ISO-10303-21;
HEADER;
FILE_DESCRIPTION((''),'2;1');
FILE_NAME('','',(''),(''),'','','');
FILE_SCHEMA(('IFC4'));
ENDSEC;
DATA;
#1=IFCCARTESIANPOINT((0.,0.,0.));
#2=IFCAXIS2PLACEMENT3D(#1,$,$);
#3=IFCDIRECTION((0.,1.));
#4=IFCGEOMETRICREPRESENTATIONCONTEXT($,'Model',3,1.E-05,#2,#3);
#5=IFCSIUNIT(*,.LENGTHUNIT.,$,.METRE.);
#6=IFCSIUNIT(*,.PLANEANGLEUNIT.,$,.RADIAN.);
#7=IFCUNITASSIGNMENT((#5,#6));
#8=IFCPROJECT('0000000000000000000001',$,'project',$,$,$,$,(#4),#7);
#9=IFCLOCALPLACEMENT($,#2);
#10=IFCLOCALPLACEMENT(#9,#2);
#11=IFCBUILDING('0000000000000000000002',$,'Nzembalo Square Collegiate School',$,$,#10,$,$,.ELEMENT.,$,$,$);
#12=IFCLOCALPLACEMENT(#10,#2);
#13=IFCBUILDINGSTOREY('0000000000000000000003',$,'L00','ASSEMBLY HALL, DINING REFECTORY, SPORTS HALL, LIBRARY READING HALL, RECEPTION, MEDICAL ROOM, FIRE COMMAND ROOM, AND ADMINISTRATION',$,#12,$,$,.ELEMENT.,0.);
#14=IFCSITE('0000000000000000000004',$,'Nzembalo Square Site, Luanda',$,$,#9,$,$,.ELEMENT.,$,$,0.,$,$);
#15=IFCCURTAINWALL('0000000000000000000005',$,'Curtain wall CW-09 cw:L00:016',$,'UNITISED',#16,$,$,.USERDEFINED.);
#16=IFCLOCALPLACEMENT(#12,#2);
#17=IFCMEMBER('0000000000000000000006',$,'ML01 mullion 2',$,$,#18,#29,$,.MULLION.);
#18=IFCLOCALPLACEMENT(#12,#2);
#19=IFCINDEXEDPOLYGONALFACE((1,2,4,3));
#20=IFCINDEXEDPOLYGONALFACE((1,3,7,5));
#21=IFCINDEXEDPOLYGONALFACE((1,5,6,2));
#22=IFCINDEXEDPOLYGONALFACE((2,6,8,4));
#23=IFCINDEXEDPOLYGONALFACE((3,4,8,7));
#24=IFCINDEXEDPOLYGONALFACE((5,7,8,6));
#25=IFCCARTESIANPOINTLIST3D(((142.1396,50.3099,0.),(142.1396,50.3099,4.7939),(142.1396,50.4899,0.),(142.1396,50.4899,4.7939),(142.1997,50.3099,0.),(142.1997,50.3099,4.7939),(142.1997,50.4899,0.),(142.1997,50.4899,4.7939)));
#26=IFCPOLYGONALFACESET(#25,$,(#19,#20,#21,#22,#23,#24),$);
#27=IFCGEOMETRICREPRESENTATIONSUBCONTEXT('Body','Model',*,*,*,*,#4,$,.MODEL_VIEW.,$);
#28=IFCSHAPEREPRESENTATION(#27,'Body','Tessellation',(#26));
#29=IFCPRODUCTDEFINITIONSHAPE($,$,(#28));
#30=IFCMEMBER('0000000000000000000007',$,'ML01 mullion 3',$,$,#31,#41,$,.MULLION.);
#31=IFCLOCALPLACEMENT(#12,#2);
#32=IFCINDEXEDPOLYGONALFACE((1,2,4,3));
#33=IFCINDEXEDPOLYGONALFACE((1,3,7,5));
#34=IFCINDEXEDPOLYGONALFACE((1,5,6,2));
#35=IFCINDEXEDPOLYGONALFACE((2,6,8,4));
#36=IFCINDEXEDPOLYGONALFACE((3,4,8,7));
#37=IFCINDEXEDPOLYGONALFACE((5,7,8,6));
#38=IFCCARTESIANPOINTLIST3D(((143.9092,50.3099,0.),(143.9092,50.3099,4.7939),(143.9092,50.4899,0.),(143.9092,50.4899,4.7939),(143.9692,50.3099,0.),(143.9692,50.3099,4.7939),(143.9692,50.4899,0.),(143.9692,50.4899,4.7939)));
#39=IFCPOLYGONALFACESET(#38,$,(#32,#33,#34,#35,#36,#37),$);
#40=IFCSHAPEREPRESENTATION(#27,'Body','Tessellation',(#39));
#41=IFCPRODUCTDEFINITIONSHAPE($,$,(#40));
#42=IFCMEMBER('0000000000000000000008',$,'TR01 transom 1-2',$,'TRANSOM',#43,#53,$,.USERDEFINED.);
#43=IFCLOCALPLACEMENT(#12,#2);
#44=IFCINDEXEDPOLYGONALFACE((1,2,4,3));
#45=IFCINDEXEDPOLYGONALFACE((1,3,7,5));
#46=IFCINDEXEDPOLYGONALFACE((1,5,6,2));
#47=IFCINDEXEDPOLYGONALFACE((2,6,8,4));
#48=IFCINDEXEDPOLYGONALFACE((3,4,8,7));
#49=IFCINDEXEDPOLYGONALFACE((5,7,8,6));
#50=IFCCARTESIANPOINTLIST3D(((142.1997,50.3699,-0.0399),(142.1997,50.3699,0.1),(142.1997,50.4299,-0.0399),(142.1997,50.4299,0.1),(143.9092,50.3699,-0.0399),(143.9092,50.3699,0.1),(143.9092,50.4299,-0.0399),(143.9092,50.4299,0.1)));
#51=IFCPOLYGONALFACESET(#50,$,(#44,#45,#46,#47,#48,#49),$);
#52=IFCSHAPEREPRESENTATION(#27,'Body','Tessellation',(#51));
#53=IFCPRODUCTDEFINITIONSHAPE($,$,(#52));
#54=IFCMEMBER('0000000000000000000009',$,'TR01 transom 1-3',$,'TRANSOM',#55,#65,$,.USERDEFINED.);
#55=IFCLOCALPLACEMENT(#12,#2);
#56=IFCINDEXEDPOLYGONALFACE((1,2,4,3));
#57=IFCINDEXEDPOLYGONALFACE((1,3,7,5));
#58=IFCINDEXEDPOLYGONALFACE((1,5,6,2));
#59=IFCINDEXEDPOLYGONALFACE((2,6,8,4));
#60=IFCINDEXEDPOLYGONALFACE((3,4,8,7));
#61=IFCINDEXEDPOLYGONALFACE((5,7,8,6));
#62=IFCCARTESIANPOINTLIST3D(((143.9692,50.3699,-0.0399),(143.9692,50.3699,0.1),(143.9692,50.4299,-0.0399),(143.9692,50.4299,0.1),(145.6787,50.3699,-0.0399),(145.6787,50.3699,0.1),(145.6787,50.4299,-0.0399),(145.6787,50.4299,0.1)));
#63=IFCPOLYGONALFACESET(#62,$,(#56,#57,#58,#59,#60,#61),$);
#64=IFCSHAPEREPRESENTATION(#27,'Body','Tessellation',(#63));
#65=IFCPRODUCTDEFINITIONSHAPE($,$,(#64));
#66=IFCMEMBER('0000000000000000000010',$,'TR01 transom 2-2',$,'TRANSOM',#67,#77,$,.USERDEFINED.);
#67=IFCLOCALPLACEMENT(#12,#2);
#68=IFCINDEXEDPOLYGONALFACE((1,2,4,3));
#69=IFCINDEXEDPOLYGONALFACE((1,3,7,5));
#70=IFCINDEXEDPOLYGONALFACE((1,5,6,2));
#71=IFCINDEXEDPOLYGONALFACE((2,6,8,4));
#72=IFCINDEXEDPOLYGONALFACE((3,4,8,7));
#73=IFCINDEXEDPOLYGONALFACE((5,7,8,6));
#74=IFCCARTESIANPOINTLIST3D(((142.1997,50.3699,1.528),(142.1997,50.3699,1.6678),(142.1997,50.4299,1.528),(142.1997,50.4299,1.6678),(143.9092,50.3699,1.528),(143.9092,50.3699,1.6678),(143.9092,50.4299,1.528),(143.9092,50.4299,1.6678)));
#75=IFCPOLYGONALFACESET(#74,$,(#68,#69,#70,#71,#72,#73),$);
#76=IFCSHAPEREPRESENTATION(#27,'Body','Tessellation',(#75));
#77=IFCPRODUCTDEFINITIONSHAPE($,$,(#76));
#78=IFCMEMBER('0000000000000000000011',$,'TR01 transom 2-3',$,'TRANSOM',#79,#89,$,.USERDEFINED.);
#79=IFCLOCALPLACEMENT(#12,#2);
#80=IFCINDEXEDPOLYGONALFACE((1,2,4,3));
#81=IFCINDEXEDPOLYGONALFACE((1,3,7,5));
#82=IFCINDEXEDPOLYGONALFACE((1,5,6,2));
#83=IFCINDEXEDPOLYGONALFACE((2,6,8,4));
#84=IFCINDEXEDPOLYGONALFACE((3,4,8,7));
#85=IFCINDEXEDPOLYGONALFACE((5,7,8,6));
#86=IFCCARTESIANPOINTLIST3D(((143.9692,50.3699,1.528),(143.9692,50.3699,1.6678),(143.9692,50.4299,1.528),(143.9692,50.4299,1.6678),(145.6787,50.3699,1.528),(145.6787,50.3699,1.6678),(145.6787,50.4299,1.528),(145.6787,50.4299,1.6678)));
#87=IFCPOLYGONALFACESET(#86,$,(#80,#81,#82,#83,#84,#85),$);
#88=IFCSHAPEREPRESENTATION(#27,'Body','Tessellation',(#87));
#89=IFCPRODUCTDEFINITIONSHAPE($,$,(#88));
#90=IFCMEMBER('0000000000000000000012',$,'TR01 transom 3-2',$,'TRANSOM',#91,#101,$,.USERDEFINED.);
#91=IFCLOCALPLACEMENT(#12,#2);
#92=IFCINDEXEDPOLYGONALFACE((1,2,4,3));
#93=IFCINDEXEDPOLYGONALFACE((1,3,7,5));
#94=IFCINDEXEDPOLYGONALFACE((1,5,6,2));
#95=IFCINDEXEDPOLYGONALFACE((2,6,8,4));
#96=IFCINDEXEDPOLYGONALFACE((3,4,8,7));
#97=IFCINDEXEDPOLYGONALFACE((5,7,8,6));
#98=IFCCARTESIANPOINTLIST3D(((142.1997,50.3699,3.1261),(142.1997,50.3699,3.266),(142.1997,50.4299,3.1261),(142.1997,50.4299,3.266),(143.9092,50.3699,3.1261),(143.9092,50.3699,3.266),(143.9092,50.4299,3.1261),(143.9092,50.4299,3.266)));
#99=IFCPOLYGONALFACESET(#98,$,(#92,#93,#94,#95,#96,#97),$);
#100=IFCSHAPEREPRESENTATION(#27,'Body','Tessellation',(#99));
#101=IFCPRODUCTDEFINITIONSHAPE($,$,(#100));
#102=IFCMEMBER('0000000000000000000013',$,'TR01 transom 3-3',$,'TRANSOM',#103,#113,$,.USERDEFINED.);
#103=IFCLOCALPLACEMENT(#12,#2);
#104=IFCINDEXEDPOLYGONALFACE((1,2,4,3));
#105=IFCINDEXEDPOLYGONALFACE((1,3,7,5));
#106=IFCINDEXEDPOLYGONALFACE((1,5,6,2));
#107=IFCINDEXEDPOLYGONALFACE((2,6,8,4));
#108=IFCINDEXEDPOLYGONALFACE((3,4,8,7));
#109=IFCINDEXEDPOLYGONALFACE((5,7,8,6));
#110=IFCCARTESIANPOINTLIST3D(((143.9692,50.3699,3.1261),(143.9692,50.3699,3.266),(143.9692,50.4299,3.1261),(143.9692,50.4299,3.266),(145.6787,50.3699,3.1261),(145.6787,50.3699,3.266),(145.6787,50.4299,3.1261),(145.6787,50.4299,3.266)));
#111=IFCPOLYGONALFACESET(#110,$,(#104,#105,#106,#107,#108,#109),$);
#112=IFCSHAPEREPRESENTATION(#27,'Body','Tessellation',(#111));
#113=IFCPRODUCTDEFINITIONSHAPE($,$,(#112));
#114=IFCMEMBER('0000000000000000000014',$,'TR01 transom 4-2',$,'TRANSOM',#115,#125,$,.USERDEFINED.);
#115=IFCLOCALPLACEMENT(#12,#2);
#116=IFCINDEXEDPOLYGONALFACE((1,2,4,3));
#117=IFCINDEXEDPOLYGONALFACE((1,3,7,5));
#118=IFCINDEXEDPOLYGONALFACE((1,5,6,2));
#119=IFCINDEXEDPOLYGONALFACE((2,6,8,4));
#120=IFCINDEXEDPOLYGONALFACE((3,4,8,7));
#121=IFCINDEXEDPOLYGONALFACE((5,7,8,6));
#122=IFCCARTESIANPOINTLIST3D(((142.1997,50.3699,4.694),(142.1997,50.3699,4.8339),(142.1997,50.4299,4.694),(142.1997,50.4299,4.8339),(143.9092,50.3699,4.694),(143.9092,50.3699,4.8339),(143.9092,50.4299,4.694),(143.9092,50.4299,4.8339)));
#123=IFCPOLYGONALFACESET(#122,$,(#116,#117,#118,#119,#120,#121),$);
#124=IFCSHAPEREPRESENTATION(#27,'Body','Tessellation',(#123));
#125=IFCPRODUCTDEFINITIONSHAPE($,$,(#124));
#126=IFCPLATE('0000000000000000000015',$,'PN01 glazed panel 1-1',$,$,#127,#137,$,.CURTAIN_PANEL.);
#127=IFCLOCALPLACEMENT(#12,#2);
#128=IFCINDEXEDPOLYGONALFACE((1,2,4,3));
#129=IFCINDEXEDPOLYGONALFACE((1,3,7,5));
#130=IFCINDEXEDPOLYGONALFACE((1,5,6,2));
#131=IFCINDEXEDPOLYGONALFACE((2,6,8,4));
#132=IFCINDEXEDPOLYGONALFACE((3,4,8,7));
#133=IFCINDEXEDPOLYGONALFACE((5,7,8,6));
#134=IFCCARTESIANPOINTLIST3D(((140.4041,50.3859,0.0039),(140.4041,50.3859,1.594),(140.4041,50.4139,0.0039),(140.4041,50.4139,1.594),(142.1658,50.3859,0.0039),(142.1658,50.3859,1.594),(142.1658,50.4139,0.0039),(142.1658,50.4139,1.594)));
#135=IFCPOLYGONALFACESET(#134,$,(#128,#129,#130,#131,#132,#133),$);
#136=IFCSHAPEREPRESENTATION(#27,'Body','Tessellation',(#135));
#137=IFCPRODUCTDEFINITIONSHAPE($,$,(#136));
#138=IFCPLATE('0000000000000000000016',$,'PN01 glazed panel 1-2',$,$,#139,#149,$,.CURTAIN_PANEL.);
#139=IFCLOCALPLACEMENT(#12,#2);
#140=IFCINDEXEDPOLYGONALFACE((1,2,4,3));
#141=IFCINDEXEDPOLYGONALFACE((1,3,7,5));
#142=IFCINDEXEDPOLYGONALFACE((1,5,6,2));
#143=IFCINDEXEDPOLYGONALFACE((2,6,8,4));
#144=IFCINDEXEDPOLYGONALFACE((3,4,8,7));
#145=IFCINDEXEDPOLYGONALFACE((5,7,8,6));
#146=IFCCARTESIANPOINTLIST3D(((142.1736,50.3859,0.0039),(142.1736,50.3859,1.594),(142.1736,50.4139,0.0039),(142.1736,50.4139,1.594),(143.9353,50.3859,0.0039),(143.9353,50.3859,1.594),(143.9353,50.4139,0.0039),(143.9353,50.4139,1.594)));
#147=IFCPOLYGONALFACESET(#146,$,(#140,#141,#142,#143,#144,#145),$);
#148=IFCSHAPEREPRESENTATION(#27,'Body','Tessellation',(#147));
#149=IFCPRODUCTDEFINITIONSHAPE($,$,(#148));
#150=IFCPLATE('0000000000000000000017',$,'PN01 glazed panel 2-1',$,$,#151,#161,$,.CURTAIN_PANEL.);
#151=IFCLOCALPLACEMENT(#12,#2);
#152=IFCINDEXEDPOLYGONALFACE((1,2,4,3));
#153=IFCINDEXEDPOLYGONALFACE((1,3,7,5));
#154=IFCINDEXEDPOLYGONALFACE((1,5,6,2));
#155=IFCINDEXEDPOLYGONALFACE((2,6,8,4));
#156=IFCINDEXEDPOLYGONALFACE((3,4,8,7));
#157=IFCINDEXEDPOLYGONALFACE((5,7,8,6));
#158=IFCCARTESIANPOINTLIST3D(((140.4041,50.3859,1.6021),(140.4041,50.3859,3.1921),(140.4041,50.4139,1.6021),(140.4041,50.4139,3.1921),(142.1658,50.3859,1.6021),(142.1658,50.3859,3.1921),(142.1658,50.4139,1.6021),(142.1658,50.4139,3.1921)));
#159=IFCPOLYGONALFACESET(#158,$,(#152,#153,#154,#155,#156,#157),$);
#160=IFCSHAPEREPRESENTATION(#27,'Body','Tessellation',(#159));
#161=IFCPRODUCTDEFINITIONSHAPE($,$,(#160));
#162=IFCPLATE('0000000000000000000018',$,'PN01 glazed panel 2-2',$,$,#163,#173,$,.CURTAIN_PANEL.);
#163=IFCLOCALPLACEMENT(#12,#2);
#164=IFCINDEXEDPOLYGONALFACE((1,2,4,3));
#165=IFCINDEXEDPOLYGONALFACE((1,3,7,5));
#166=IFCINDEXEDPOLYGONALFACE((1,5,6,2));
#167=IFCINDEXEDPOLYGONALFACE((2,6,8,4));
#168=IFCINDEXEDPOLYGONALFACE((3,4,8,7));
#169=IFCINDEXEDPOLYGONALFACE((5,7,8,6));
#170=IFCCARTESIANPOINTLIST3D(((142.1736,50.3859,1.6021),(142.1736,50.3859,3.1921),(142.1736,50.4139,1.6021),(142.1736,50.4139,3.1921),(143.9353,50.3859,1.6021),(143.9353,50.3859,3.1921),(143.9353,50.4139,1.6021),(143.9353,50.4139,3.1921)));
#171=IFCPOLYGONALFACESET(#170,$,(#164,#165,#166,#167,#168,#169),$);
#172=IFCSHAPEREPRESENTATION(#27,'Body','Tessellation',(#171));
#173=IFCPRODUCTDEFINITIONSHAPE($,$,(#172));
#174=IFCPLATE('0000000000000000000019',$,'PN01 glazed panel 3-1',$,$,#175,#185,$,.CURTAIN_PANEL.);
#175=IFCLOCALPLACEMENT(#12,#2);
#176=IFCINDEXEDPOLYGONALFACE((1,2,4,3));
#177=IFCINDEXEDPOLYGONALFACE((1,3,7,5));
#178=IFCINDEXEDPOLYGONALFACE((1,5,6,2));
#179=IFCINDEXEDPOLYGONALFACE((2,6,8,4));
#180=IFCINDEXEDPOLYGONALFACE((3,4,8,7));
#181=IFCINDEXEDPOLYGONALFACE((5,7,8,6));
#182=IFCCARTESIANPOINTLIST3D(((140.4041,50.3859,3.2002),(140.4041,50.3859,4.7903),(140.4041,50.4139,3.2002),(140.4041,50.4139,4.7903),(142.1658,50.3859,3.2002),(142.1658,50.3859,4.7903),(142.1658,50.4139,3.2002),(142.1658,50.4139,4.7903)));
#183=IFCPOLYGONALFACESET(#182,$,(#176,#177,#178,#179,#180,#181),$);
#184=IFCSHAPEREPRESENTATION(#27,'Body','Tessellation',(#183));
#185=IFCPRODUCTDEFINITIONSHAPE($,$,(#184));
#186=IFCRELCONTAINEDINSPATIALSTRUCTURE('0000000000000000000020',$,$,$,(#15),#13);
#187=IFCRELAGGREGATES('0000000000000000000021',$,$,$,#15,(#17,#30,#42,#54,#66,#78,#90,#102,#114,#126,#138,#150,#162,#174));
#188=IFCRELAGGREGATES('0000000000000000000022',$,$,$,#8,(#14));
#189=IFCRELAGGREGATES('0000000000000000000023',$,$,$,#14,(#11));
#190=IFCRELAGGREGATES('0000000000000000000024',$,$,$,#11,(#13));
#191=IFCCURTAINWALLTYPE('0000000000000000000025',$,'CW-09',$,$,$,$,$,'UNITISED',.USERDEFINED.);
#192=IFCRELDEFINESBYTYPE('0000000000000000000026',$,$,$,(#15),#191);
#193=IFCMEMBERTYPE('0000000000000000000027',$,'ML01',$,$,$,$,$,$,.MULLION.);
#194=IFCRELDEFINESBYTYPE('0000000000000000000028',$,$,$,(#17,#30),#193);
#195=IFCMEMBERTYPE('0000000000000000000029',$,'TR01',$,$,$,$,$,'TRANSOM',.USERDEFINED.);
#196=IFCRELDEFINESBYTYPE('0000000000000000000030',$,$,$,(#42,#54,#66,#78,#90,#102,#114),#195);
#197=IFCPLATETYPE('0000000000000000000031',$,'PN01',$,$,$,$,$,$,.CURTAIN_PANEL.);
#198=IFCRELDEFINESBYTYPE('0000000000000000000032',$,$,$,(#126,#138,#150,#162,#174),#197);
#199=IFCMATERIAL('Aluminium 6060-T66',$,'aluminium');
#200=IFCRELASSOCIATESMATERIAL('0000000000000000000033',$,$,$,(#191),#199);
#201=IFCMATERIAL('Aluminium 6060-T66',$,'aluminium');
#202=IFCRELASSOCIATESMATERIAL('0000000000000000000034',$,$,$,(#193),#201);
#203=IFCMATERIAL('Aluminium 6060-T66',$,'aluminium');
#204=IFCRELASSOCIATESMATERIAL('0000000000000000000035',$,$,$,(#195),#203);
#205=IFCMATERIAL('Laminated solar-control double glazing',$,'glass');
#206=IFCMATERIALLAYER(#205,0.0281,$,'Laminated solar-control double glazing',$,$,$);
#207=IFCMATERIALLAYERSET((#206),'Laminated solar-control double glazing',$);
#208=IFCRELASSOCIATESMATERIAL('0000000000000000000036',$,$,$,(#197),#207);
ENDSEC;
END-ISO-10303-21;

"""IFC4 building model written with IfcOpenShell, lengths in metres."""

from ifc_helpers import new_model, si_unit, direction, frame, origin, origin_2d, place, context, subcontext, project, spatial, rectangle, extrude, material, layer, layer_set, material_profile, profile_set, type_object, element, aggregate, save


model = new_model("IFC4")

# Units and contexts
model_context = context("Model", 3, precision=1e-05, world=origin(), true_north=direction((0.0, 1.0)))
body_context = subcontext(model_context, "Body", "Model", "MODEL_VIEW")
ifc_project = project(units=[si_unit("LENGTHUNIT", "METRE"), si_unit("PLANEANGLEUNIT", "RADIAN")], contexts=[model_context])

# Site, building, storey
site_placement = place(None, origin())
site = spatial("IfcSite", under=ifc_project, at=site_placement, Name="Nzembalo Square Site, Luanda", CompositionType="ELEMENT", RefElevation=0.0)
building_placement = place(site_placement, origin())
building = spatial("IfcBuilding", under=site, at=building_placement, Name="Nzembalo Square Collegiate School", CompositionType="ELEMENT")
storey_placement = place(building_placement, origin())
storey = spatial("IfcBuildingStorey", under=building, at=storey_placement, Name="L00", Description="ASSEMBLY HALL, DINING REFECTORY, SPORTS HALL, LIBRARY READING HALL, RECEPTION, MEDICAL ROOM, FIRE COMMAND ROOM, AND ADMINISTRATION", CompositionType="ELEMENT", Elevation=0.0)

# Curtain wall, members, plates
ifc_material_1 = material(Name="Aluminium 6060-T66", Category="aluminium")
curtain_wall_type = type_object("IfcCurtainWallType", Name="CW-09", ElementType="UNITISED", PredefinedType="USERDEFINED", material=ifc_material_1)
curtain_wall_placement = place(storey_placement, origin())
curtain_wall = element("IfcCurtainWall", 1, at=curtain_wall_placement, inside=storey, type_object=curtain_wall_type, Name="Curtain wall CW-09 cw:L00:016", ObjectType="UNITISED", PredefinedType="USERDEFINED")
ifc_material_2 = material(Name="Aluminium 6060-T66", Category="aluminium")
ifc_material_profile_1 = material_profile(ifc_material_2, rectangle(XDim=0.0601, YDim=0.1799, at=origin_2d()), Name="ALU M60x180")
ifc_profile_set_1 = profile_set([ifc_material_profile_1], Name="Aluminium 6060-T66")
member_type_1 = type_object("IfcMemberType", Name="ML01", PredefinedType="MULLION", material=ifc_profile_set_1)
member_1_placement = place(storey_placement, frame((142.1697, 50.3999, 0.0), z_axis=(0.0, 0.0, 1.0), x_axis=(1.0, 0.0, 0.0)))
member_1 = element("IfcMember", 2, at=member_1_placement, type_object=member_type_1, Name="ML01 mullion 2", PredefinedType="MULLION", context=body_context, shape_type="SweptSolid", body=[
    extrude(rectangle(XDim=0.0601, YDim=0.1799, at=origin_2d()), origin(), (0.0, 0.0, 1.0), 4.7939),
])
member_2_placement = place(storey_placement, frame((143.9392, 50.3999, 0.0), z_axis=(0.0, 0.0, 1.0), x_axis=(1.0, 0.0, 0.0)))
member_2 = element("IfcMember", 3, at=member_2_placement, type_object=member_type_1, Name="ML01 mullion 3", PredefinedType="MULLION", context=body_context, shape_type="SweptSolid", body=[
    extrude(rectangle(XDim=0.0601, YDim=0.1799, at=origin_2d()), origin(), (0.0, 0.0, 1.0), 4.7939),
])
ifc_material_3 = material(Name="Aluminium 6060-T66", Category="aluminium")
ifc_material_profile_2 = material_profile(ifc_material_3, rectangle(XDim=0.0601, YDim=0.1399, at=origin_2d()), Name="ALU T60x140")
ifc_profile_set_2 = profile_set([ifc_material_profile_2], Name="Aluminium 6060-T66")
member_type_2 = type_object("IfcMemberType", Name="TR01", ElementType="TRANSOM", PredefinedType="USERDEFINED", material=ifc_profile_set_2)
member_3_placement = place(storey_placement, frame((142.1997, 50.3999, 0.03), z_axis=(1.0, 0.0, 0.0), x_axis=(0.0, 1.0, 0.0)))
member_3 = element("IfcMember", 4, at=member_3_placement, type_object=member_type_2, Name="TR01 transom 1-2", ObjectType="TRANSOM", PredefinedType="USERDEFINED", context=body_context, shape_type="SweptSolid", body=[
    extrude(rectangle(XDim=0.0601, YDim=0.1399, at=origin_2d()), origin(), (0.0, 0.0, 1.0), 1.7095),
])
member_4_placement = place(storey_placement, frame((143.9692, 50.3999, 0.03), z_axis=(1.0, 0.0, 0.0), x_axis=(0.0, 1.0, 0.0)))
member_4 = element("IfcMember", 5, at=member_4_placement, type_object=member_type_2, Name="TR01 transom 1-3", ObjectType="TRANSOM", PredefinedType="USERDEFINED", context=body_context, shape_type="SweptSolid", body=[
    extrude(rectangle(XDim=0.0601, YDim=0.1399, at=origin_2d()), origin(), (0.0, 0.0, 1.0), 1.7095),
])
member_5_placement = place(storey_placement, frame((142.1997, 50.3999, 1.5979), z_axis=(1.0, 0.0, 0.0), x_axis=(0.0, 1.0, 0.0)))
member_5 = element("IfcMember", 6, at=member_5_placement, type_object=member_type_2, Name="TR01 transom 2-2", ObjectType="TRANSOM", PredefinedType="USERDEFINED", context=body_context, shape_type="SweptSolid", body=[
    extrude(rectangle(XDim=0.0601, YDim=0.1399, at=origin_2d()), origin(), (0.0, 0.0, 1.0), 1.7095),
])
member_6_placement = place(storey_placement, frame((143.9692, 50.3999, 1.5979), z_axis=(1.0, 0.0, 0.0), x_axis=(0.0, 1.0, 0.0)))
member_6 = element("IfcMember", 7, at=member_6_placement, type_object=member_type_2, Name="TR01 transom 2-3", ObjectType="TRANSOM", PredefinedType="USERDEFINED", context=body_context, shape_type="SweptSolid", body=[
    extrude(rectangle(XDim=0.0601, YDim=0.1399, at=origin_2d()), origin(), (0.0, 0.0, 1.0), 1.7095),
])
member_7_placement = place(storey_placement, frame((142.1997, 50.3999, 3.196), z_axis=(1.0, 0.0, 0.0), x_axis=(0.0, 1.0, 0.0)))
member_7 = element("IfcMember", 8, at=member_7_placement, type_object=member_type_2, Name="TR01 transom 3-2", ObjectType="TRANSOM", PredefinedType="USERDEFINED", context=body_context, shape_type="SweptSolid", body=[
    extrude(rectangle(XDim=0.0601, YDim=0.1399, at=origin_2d()), origin(), (0.0, 0.0, 1.0), 1.7095),
])
member_8_placement = place(storey_placement, frame((143.9692, 50.3999, 3.196), z_axis=(1.0, 0.0, 0.0), x_axis=(0.0, 1.0, 0.0)))
member_8 = element("IfcMember", 9, at=member_8_placement, type_object=member_type_2, Name="TR01 transom 3-3", ObjectType="TRANSOM", PredefinedType="USERDEFINED", context=body_context, shape_type="SweptSolid", body=[
    extrude(rectangle(XDim=0.0601, YDim=0.1399, at=origin_2d()), origin(), (0.0, 0.0, 1.0), 1.7095),
])
member_9_placement = place(storey_placement, frame((142.1997, 50.3999, 4.7639), z_axis=(1.0, 0.0, 0.0), x_axis=(0.0, 1.0, 0.0)))
member_9 = element("IfcMember", 10, at=member_9_placement, type_object=member_type_2, Name="TR01 transom 4-2", ObjectType="TRANSOM", PredefinedType="USERDEFINED", context=body_context, shape_type="SweptSolid", body=[
    extrude(rectangle(XDim=0.0601, YDim=0.1399, at=origin_2d()), origin(), (0.0, 0.0, 1.0), 1.7095),
])
ifc_material_4 = material(Name="Laminated solar-control double glazing", Category="glass")
ifc_layer_1 = layer(ifc_material_4, 0.0281, Name="Laminated solar-control double glazing")
ifc_layer_set_1 = layer_set([ifc_layer_1], Name="Laminated solar-control double glazing")
plate_type = type_object("IfcPlateType", Name="PN01", PredefinedType="CURTAIN_PANEL", material=ifc_layer_set_1)
plate_1_placement = place(storey_placement, frame((141.2849, 50.3999, 0.0039), z_axis=(0.0, 0.0, 1.0), x_axis=(1.0, 0.0, 0.0)))
plate_1 = element("IfcPlate", 11, at=plate_1_placement, type_object=plate_type, Name="PN01 glazed panel 1-1", PredefinedType="CURTAIN_PANEL", context=body_context, shape_type="SweptSolid", body=[
    extrude(rectangle(XDim=1.7617, YDim=0.0281, at=origin_2d()), origin(), (0.0, 0.0, 1.0), 1.5901),
])
plate_2_placement = place(storey_placement, frame((143.0544, 50.3999, 0.0039), z_axis=(0.0, 0.0, 1.0), x_axis=(1.0, 0.0, 0.0)))
plate_2 = element("IfcPlate", 12, at=plate_2_placement, type_object=plate_type, Name="PN01 glazed panel 1-2", PredefinedType="CURTAIN_PANEL", context=body_context, shape_type="SweptSolid", body=[
    extrude(rectangle(XDim=1.7617, YDim=0.0281, at=origin_2d()), origin(), (0.0, 0.0, 1.0), 1.5901),
])
plate_3_placement = place(storey_placement, frame((141.2849, 50.3999, 1.6021), z_axis=(0.0, 0.0, 1.0), x_axis=(1.0, 0.0, 0.0)))
plate_3 = element("IfcPlate", 13, at=plate_3_placement, type_object=plate_type, Name="PN01 glazed panel 2-1", PredefinedType="CURTAIN_PANEL", context=body_context, shape_type="SweptSolid", body=[
    extrude(rectangle(XDim=1.7617, YDim=0.0281, at=origin_2d()), origin(), (0.0, 0.0, 1.0), 1.5901),
])
plate_4_placement = place(storey_placement, frame((143.0544, 50.3999, 1.6021), z_axis=(0.0, 0.0, 1.0), x_axis=(1.0, 0.0, 0.0)))
plate_4 = element("IfcPlate", 14, at=plate_4_placement, type_object=plate_type, Name="PN01 glazed panel 2-2", PredefinedType="CURTAIN_PANEL", context=body_context, shape_type="SweptSolid", body=[
    extrude(rectangle(XDim=1.7617, YDim=0.0281, at=origin_2d()), origin(), (0.0, 0.0, 1.0), 1.5901),
])
plate_5_placement = place(storey_placement, frame((141.2849, 50.3999, 3.2002), z_axis=(0.0, 0.0, 1.0), x_axis=(1.0, 0.0, 0.0)))
plate_5 = element("IfcPlate", 15, at=plate_5_placement, type_object=plate_type, Name="PN01 glazed panel 3-1", PredefinedType="CURTAIN_PANEL", context=body_context, shape_type="SweptSolid", body=[
    extrude(rectangle(XDim=1.7617, YDim=0.0281, at=origin_2d()), origin(), (0.0, 0.0, 1.0), 1.5901),
])
aggregate(curtain_wall, [member_1, member_2, member_3, member_4, member_5, member_6, member_7, member_8, member_9, plate_1, plate_2, plate_3, plate_4, plate_5])

save(model, "model.ifc")
